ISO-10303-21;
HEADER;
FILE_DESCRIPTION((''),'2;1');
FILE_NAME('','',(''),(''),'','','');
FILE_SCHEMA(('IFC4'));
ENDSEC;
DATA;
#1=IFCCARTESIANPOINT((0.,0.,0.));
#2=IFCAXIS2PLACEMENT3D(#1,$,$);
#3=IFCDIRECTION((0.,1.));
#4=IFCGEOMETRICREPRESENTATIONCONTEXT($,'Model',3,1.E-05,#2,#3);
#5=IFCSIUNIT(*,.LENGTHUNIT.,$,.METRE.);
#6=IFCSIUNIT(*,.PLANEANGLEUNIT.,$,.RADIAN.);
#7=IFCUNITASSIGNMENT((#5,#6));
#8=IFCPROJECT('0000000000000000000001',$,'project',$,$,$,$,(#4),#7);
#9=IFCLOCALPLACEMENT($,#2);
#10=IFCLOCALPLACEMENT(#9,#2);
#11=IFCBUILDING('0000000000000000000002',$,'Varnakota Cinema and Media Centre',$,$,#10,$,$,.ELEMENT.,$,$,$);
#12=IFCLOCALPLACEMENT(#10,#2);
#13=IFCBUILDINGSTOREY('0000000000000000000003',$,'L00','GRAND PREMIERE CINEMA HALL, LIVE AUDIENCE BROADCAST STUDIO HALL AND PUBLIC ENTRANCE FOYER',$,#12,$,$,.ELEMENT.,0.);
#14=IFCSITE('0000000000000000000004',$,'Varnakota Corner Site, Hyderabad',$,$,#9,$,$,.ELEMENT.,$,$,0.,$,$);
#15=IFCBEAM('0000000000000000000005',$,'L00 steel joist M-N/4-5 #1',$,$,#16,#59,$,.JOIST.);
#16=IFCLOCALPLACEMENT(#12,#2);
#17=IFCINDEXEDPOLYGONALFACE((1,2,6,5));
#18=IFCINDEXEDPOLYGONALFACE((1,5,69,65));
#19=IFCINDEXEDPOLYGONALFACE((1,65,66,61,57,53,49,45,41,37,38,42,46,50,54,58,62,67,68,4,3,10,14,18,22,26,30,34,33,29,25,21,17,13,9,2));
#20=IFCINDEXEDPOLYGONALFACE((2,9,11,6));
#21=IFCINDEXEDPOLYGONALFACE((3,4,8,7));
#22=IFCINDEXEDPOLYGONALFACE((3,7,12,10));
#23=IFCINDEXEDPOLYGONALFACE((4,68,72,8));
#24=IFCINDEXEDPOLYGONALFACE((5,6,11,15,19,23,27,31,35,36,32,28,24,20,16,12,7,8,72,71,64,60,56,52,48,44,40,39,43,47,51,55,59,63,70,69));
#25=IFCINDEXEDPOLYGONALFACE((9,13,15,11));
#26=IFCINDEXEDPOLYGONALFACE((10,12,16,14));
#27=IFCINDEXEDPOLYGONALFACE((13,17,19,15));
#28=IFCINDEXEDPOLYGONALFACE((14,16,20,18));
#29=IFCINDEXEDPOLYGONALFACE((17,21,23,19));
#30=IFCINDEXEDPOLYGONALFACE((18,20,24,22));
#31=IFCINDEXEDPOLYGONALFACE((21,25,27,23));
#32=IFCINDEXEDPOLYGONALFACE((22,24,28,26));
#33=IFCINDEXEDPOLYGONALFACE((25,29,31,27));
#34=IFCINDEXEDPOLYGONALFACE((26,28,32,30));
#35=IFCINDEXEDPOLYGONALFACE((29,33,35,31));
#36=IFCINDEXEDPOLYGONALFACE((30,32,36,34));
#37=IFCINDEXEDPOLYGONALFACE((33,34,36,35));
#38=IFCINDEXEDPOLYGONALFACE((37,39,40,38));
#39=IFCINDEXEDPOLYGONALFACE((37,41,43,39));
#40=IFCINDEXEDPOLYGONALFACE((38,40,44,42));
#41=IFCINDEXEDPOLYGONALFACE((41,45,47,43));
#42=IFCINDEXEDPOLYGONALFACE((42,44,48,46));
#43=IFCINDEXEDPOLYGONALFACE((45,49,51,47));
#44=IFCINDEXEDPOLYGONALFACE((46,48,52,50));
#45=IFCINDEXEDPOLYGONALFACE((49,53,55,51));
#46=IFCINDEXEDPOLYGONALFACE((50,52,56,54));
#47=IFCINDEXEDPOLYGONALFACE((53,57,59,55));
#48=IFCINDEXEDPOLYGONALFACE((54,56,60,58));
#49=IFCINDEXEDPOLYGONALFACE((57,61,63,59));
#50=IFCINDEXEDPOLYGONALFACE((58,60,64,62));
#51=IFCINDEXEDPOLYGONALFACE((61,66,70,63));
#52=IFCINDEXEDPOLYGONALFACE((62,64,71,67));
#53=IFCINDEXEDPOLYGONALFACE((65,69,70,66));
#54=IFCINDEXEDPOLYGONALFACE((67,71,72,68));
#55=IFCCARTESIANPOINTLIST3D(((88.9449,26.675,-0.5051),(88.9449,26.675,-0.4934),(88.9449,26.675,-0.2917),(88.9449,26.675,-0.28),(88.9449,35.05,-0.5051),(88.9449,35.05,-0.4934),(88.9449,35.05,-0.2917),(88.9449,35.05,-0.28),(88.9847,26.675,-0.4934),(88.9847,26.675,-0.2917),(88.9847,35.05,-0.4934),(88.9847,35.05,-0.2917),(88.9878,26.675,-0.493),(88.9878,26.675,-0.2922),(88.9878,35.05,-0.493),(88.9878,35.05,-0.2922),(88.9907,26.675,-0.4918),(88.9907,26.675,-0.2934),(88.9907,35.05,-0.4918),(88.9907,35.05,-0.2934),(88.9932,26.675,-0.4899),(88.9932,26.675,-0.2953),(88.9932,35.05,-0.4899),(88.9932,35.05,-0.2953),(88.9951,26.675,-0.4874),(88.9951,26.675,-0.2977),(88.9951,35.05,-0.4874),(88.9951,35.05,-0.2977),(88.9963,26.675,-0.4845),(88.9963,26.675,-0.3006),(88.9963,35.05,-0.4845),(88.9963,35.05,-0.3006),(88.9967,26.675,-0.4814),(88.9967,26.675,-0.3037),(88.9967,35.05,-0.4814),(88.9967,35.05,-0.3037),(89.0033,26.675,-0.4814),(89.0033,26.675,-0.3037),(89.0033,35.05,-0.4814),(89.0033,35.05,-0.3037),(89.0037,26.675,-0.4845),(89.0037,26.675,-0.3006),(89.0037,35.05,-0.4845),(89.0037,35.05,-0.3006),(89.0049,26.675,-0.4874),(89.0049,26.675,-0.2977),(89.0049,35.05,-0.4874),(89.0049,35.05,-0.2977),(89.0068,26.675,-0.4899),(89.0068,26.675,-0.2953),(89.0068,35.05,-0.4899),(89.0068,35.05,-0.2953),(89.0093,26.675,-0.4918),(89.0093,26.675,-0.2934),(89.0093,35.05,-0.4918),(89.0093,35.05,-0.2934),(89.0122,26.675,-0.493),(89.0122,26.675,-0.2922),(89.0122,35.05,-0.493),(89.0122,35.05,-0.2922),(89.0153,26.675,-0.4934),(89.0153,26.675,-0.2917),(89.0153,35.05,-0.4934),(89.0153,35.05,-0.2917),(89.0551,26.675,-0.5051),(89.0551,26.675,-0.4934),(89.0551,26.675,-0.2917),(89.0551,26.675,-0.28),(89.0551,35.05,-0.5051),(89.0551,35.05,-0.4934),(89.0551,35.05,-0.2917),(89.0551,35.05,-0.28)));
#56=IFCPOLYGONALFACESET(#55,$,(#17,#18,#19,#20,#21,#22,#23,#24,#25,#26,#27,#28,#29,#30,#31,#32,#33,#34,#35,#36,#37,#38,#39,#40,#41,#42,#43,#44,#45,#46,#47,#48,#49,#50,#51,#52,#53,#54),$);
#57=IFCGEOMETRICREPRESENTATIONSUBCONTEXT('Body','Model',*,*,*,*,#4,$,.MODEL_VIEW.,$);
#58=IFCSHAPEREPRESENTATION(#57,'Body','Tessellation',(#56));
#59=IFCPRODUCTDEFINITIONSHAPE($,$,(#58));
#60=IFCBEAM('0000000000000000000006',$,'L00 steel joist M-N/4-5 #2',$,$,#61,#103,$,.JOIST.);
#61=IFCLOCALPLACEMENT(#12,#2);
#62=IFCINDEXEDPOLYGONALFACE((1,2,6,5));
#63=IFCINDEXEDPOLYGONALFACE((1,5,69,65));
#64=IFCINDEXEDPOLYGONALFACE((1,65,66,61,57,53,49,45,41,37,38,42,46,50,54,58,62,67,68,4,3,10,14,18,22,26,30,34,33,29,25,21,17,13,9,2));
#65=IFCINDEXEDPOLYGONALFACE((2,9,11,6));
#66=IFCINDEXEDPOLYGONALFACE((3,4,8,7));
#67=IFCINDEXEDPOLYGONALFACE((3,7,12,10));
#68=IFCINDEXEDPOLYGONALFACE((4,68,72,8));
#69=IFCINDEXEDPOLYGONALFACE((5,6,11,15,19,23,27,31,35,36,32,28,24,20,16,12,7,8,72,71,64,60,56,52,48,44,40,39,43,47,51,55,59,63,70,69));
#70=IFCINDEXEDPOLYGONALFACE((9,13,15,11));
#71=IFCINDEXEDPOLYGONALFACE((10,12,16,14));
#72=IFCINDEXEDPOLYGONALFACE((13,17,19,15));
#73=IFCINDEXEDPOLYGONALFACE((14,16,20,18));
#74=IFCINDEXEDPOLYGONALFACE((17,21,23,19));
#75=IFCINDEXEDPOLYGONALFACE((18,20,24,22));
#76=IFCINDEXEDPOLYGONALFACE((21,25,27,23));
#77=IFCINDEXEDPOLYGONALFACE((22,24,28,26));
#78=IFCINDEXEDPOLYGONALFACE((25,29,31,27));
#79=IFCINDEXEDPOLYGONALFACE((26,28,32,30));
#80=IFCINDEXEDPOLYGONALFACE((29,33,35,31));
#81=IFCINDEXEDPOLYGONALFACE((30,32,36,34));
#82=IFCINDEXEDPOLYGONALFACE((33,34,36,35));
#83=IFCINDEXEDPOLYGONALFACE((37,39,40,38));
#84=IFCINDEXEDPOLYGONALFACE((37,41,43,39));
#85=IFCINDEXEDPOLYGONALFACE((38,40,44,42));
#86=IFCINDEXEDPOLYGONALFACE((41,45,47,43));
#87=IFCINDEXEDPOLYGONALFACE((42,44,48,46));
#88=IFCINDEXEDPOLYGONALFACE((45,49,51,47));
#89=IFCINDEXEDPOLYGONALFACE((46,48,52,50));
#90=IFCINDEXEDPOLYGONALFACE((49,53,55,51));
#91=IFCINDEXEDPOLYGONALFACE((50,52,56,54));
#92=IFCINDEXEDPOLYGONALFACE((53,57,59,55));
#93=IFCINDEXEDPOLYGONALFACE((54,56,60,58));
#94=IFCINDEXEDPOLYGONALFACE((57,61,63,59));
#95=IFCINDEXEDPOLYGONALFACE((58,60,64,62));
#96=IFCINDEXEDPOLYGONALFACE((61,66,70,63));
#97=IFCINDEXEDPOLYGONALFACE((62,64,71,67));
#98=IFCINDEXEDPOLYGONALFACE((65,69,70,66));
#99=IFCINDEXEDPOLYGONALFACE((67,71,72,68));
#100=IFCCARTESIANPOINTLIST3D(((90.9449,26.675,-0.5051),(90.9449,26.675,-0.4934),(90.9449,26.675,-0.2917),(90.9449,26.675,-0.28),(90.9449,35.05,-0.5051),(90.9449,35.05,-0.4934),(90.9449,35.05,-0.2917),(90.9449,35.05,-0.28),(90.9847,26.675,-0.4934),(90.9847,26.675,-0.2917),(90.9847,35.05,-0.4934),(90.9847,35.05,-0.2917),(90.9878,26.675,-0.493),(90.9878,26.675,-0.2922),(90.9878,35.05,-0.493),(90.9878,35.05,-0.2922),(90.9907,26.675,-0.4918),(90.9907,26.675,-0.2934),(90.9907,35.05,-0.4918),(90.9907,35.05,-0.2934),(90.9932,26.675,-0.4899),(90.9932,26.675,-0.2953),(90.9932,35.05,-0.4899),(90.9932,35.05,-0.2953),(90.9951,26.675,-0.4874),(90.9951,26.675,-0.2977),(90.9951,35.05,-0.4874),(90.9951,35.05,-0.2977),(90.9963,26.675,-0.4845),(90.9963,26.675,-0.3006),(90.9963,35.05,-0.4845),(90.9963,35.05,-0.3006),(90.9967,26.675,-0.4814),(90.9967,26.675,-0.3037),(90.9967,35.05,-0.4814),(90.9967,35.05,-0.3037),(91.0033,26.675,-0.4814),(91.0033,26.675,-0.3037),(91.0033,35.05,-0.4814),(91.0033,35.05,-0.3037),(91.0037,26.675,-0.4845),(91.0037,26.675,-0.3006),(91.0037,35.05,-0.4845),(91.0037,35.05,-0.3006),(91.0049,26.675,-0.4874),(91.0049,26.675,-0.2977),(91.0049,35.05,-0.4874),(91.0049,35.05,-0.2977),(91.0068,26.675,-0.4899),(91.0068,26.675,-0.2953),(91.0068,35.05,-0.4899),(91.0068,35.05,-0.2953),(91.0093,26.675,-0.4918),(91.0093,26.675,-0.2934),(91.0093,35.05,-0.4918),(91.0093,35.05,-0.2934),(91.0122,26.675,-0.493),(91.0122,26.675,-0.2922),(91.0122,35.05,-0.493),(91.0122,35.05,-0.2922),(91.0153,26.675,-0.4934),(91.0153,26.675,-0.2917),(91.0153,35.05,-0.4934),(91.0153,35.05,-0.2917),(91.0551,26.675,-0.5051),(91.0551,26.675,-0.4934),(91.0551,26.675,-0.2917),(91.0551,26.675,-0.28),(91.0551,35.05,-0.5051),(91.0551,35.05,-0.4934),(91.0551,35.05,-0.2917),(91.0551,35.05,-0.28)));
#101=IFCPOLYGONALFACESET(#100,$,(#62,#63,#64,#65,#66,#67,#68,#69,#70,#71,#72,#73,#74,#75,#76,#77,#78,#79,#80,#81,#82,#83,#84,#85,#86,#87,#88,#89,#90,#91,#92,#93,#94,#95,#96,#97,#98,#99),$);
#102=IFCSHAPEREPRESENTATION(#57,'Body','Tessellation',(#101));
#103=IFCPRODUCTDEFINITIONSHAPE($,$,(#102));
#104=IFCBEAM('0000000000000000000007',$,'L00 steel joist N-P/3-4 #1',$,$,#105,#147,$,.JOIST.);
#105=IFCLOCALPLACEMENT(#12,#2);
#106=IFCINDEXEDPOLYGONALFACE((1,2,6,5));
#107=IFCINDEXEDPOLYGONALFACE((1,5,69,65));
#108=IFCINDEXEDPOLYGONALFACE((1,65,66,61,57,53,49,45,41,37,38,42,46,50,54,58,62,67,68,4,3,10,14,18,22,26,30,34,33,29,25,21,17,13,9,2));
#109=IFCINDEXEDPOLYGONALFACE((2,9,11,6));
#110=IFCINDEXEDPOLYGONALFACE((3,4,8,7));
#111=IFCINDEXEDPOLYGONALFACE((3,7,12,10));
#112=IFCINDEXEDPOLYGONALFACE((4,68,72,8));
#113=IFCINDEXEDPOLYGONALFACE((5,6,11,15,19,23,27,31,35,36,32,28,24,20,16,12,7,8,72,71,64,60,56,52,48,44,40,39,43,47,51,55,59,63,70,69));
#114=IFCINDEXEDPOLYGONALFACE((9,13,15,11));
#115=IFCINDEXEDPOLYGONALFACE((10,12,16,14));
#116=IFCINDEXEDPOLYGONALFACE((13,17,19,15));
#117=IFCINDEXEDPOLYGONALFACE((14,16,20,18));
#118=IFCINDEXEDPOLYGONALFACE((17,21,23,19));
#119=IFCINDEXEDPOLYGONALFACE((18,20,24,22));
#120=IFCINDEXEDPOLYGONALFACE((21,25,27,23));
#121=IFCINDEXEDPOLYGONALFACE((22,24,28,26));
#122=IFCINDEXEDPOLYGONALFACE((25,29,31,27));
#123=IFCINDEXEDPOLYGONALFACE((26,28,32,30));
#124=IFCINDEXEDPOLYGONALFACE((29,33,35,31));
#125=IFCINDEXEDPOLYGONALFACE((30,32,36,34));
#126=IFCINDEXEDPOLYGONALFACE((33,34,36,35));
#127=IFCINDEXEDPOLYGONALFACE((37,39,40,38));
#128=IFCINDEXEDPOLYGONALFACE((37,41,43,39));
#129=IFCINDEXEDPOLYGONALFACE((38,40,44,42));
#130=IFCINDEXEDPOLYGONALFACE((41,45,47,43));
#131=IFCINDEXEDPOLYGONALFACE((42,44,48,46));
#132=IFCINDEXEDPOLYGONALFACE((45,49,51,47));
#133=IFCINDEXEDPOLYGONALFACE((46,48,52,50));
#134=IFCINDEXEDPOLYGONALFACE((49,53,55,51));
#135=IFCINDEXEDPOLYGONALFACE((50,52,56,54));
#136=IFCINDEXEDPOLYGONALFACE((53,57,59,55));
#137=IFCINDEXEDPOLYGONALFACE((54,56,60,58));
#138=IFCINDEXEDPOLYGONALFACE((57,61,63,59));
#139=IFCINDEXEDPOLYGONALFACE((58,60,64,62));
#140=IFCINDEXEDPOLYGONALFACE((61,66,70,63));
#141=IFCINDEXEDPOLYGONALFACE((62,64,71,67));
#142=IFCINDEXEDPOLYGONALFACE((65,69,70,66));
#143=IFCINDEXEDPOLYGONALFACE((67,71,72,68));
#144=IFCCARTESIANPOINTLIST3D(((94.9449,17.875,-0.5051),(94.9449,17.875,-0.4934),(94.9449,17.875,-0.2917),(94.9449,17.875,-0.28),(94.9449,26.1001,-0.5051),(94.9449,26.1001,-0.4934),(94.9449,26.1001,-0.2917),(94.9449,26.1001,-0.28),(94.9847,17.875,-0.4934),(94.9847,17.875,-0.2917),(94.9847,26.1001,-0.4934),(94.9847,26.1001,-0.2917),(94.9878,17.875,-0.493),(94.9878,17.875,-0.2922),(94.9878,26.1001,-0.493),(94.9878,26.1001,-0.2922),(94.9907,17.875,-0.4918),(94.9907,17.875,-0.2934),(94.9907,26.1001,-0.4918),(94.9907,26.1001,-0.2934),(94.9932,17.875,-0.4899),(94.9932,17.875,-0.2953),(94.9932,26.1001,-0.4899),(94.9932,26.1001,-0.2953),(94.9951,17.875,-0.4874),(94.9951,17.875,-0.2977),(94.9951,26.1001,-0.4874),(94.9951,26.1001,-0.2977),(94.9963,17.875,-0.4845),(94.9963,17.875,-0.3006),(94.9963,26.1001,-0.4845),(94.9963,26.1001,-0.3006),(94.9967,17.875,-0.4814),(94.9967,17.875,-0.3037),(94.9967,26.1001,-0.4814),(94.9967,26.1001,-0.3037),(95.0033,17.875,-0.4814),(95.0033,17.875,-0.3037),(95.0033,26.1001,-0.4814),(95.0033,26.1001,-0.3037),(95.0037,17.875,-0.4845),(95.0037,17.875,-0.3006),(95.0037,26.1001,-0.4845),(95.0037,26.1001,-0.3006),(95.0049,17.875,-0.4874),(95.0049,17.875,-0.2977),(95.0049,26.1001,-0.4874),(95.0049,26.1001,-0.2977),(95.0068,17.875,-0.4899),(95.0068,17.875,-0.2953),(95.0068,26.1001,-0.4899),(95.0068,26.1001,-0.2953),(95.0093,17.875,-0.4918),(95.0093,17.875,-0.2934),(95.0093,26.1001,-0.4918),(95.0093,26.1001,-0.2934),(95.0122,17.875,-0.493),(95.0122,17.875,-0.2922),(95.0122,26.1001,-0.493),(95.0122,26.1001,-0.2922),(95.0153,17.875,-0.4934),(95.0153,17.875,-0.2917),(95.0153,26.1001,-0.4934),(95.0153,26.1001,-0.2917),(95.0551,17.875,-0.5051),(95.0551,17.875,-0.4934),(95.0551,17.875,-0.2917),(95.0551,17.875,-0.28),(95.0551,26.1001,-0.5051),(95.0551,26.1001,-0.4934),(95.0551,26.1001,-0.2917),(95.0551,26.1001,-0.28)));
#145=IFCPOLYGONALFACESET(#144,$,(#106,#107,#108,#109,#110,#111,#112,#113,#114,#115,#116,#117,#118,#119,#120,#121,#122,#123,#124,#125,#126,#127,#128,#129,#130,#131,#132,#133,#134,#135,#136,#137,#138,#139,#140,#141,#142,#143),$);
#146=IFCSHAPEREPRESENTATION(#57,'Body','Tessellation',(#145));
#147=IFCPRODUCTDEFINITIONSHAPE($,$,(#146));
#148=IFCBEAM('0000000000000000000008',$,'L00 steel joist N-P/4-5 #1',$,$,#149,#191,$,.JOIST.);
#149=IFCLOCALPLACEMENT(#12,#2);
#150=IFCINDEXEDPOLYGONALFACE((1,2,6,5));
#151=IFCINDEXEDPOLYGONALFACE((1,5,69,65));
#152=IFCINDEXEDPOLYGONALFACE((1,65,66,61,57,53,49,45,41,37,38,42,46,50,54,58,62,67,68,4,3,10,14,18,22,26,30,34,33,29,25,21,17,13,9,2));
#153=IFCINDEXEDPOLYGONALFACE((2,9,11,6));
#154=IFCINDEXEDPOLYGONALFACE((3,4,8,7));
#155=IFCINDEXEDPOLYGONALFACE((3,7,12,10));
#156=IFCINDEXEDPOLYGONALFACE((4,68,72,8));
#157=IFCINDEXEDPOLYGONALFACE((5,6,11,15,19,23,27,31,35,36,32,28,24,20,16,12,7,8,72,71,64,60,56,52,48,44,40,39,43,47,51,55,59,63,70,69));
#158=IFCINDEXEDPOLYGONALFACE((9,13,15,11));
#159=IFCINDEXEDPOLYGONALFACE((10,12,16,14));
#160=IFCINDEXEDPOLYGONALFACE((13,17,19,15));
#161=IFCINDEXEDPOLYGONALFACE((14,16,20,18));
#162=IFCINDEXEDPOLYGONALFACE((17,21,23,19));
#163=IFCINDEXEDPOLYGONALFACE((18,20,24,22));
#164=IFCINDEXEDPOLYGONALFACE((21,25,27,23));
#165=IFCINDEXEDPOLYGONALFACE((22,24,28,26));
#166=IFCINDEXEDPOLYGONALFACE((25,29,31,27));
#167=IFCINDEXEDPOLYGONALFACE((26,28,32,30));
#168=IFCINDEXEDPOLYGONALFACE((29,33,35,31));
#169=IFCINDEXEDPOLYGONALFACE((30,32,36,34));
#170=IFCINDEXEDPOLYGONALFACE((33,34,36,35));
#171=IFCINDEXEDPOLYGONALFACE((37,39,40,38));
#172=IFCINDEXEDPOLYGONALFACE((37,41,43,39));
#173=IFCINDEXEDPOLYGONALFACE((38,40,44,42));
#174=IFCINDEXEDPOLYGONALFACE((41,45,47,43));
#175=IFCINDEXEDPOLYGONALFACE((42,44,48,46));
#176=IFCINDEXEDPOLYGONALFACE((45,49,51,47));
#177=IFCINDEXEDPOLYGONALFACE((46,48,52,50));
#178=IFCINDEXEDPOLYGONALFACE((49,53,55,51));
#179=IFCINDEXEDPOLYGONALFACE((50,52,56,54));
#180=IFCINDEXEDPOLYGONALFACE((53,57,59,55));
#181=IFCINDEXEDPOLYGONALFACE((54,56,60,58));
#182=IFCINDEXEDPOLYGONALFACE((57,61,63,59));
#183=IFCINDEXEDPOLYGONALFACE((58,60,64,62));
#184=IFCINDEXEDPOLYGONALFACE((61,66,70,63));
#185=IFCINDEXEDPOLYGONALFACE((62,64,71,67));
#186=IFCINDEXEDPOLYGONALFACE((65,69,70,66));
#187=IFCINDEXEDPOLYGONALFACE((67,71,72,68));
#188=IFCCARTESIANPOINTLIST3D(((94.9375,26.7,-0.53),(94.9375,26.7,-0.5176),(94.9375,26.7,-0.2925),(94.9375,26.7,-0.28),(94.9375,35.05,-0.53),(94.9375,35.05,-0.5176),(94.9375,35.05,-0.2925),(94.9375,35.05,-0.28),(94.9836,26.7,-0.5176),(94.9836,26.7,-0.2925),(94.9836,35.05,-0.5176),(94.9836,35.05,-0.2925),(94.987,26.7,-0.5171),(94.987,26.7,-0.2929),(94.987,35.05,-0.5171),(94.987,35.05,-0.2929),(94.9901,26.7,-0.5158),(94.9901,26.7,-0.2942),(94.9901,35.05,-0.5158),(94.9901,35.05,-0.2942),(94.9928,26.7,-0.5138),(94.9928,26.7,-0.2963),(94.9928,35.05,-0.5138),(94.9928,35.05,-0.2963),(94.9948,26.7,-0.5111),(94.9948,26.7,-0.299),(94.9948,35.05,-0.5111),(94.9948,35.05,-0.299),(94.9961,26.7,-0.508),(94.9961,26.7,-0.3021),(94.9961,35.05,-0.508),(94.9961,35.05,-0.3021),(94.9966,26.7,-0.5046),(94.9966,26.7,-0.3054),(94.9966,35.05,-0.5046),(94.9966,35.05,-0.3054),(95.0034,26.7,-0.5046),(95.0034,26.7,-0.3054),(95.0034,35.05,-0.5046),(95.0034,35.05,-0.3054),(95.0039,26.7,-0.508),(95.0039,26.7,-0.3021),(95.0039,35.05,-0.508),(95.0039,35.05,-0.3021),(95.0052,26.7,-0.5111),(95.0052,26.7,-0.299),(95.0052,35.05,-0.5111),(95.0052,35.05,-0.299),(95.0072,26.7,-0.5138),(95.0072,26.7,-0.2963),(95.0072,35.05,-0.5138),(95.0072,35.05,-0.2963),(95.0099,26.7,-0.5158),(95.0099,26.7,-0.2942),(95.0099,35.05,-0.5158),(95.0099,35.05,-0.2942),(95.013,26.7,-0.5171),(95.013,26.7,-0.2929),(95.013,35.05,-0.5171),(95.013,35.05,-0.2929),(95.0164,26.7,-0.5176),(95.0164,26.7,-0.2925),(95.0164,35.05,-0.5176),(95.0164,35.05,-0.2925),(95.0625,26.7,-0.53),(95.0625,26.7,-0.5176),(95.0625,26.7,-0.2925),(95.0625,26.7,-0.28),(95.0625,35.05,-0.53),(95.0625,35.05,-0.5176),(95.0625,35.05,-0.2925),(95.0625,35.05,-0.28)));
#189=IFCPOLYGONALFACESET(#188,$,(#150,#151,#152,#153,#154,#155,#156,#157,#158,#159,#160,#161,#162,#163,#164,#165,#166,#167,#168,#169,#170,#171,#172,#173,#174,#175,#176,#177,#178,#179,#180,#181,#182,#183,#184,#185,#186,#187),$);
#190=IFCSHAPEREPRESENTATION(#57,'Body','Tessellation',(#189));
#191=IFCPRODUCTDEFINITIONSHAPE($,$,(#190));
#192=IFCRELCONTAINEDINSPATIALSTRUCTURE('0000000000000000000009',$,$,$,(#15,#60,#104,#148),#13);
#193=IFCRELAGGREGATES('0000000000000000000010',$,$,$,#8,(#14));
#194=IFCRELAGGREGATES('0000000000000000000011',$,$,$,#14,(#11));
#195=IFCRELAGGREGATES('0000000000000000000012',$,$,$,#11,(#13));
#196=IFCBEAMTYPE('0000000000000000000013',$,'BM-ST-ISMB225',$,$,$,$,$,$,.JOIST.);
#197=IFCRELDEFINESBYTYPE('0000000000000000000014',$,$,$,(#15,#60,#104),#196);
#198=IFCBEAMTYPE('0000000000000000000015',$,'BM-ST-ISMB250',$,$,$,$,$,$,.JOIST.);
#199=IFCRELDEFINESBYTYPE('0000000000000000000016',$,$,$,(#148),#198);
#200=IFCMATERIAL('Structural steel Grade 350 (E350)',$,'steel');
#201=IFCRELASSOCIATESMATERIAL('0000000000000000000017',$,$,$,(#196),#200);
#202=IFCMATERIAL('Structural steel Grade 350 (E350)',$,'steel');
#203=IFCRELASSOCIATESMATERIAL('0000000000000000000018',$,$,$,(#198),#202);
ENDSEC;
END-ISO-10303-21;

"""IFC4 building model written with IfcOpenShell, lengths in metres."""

from ifc_helpers import new_model, si_unit, direction, frame, origin, origin_2d, place, context, subcontext, project, spatial, i_section, extrude, material, material_profile, profile_set, type_object, element, save


model = new_model("IFC4")

# Units and contexts
model_context = context("Model", 3, precision=1e-05, world=origin(), true_north=direction((0.0, 1.0)))
body_context = subcontext(model_context, "Body", "Model", "MODEL_VIEW")
ifc_project = project(units=[si_unit("LENGTHUNIT", "METRE"), si_unit("PLANEANGLEUNIT", "RADIAN")], contexts=[model_context])

# Site, building, storey
site_placement = place(None, origin())
site = spatial("IfcSite", under=ifc_project, at=site_placement, Name="Varnakota Corner Site, Hyderabad", CompositionType="ELEMENT", RefElevation=0.0)
building_placement = place(site_placement, origin())
building = spatial("IfcBuilding", under=site, at=building_placement, Name="Varnakota Cinema and Media Centre", CompositionType="ELEMENT")
storey_placement = place(building_placement, origin())
storey = spatial("IfcBuildingStorey", under=building, at=storey_placement, Name="L00", Description="GRAND PREMIERE CINEMA HALL, LIVE AUDIENCE BROADCAST STUDIO HALL AND PUBLIC ENTRANCE FOYER", CompositionType="ELEMENT", Elevation=0.0)

# Beams
ifc_material_1 = material(Name="Structural steel Grade 350 (E350)", Category="steel")
ifc_material_profile_1 = material_profile(ifc_material_1, i_section(OverallWidth=0.1101, OverallDepth=0.2251, WebThickness=0.0066, FlangeThickness=0.0117, FilletRadius=0.012, at=origin_2d()), Name="ISMB 225")
ifc_profile_set_1 = profile_set([ifc_material_profile_1], Name="Structural steel Grade 350 (E350)")
beam_type_1 = type_object("IfcBeamType", Name="BM-ST-ISMB225", PredefinedType="JOIST", material=ifc_profile_set_1)
for number, where, z_axis, x_axis, name in (
    (1, (89.0, 26.675, -0.3926), (0.0, 1.0, 0.0), (-1.0, 0.0, 0.0), "L00 steel joist M-N/4-5 #1"),
    (2, (91.0, 26.675, -0.3926), (0.0, 1.0, 0.0), (-1.0, 0.0, 0.0), "L00 steel joist M-N/4-5 #2"),
):
    element("IfcBeam", number, at=place(storey_placement, frame(where, z_axis=z_axis, x_axis=x_axis)), inside=storey, type_object=beam_type_1, Name=name, PredefinedType="JOIST", context=body_context, shape_type="SweptSolid", body=[
        extrude(i_section(OverallWidth=0.1101, OverallDepth=0.2251, WebThickness=0.0066, FlangeThickness=0.0117, FilletRadius=0.012, at=origin_2d()), origin(), (0.0, 0.0, 1.0), 8.375),
    ])
beam_1_placement = place(storey_placement, frame((95.0, 17.875, -0.3926), z_axis=(0.0, 1.0, 0.0), x_axis=(-1.0, 0.0, 0.0)))
element("IfcBeam", 3, at=beam_1_placement, inside=storey, type_object=beam_type_1, Name="L00 steel joist N-P/3-4 #1", PredefinedType="JOIST", context=body_context, shape_type="SweptSolid", body=[
    extrude(i_section(OverallWidth=0.1101, OverallDepth=0.2251, WebThickness=0.0066, FlangeThickness=0.0117, FilletRadius=0.012, at=origin_2d()), origin(), (0.0, 0.0, 1.0), 8.2251),
])
ifc_material_2 = material(Name="Structural steel Grade 350 (E350)", Category="steel")
ifc_material_profile_2 = material_profile(ifc_material_2, i_section(OverallWidth=0.125, OverallDepth=0.25, WebThickness=0.0068, FlangeThickness=0.0125, FilletRadius=0.0129, at=origin_2d()), Name="ISMB 250")
ifc_profile_set_2 = profile_set([ifc_material_profile_2], Name="Structural steel Grade 350 (E350)")
beam_type_2 = type_object("IfcBeamType", Name="BM-ST-ISMB250", PredefinedType="JOIST", material=ifc_profile_set_2)
beam_2_placement = place(storey_placement, frame((95.0, 26.7, -0.405), z_axis=(0.0, 1.0, 0.0), x_axis=(-1.0, 0.0, 0.0)))
element("IfcBeam", 4, at=beam_2_placement, inside=storey, type_object=beam_type_2, Name="L00 steel joist N-P/4-5 #1", PredefinedType="JOIST", context=body_context, shape_type="SweptSolid", body=[
    extrude(i_section(OverallWidth=0.125, OverallDepth=0.25, WebThickness=0.0068, FlangeThickness=0.0125, FilletRadius=0.0129, at=origin_2d()), origin(), (0.0, 0.0, 1.0), 8.3501),
])

save(model, "model.ifc")
